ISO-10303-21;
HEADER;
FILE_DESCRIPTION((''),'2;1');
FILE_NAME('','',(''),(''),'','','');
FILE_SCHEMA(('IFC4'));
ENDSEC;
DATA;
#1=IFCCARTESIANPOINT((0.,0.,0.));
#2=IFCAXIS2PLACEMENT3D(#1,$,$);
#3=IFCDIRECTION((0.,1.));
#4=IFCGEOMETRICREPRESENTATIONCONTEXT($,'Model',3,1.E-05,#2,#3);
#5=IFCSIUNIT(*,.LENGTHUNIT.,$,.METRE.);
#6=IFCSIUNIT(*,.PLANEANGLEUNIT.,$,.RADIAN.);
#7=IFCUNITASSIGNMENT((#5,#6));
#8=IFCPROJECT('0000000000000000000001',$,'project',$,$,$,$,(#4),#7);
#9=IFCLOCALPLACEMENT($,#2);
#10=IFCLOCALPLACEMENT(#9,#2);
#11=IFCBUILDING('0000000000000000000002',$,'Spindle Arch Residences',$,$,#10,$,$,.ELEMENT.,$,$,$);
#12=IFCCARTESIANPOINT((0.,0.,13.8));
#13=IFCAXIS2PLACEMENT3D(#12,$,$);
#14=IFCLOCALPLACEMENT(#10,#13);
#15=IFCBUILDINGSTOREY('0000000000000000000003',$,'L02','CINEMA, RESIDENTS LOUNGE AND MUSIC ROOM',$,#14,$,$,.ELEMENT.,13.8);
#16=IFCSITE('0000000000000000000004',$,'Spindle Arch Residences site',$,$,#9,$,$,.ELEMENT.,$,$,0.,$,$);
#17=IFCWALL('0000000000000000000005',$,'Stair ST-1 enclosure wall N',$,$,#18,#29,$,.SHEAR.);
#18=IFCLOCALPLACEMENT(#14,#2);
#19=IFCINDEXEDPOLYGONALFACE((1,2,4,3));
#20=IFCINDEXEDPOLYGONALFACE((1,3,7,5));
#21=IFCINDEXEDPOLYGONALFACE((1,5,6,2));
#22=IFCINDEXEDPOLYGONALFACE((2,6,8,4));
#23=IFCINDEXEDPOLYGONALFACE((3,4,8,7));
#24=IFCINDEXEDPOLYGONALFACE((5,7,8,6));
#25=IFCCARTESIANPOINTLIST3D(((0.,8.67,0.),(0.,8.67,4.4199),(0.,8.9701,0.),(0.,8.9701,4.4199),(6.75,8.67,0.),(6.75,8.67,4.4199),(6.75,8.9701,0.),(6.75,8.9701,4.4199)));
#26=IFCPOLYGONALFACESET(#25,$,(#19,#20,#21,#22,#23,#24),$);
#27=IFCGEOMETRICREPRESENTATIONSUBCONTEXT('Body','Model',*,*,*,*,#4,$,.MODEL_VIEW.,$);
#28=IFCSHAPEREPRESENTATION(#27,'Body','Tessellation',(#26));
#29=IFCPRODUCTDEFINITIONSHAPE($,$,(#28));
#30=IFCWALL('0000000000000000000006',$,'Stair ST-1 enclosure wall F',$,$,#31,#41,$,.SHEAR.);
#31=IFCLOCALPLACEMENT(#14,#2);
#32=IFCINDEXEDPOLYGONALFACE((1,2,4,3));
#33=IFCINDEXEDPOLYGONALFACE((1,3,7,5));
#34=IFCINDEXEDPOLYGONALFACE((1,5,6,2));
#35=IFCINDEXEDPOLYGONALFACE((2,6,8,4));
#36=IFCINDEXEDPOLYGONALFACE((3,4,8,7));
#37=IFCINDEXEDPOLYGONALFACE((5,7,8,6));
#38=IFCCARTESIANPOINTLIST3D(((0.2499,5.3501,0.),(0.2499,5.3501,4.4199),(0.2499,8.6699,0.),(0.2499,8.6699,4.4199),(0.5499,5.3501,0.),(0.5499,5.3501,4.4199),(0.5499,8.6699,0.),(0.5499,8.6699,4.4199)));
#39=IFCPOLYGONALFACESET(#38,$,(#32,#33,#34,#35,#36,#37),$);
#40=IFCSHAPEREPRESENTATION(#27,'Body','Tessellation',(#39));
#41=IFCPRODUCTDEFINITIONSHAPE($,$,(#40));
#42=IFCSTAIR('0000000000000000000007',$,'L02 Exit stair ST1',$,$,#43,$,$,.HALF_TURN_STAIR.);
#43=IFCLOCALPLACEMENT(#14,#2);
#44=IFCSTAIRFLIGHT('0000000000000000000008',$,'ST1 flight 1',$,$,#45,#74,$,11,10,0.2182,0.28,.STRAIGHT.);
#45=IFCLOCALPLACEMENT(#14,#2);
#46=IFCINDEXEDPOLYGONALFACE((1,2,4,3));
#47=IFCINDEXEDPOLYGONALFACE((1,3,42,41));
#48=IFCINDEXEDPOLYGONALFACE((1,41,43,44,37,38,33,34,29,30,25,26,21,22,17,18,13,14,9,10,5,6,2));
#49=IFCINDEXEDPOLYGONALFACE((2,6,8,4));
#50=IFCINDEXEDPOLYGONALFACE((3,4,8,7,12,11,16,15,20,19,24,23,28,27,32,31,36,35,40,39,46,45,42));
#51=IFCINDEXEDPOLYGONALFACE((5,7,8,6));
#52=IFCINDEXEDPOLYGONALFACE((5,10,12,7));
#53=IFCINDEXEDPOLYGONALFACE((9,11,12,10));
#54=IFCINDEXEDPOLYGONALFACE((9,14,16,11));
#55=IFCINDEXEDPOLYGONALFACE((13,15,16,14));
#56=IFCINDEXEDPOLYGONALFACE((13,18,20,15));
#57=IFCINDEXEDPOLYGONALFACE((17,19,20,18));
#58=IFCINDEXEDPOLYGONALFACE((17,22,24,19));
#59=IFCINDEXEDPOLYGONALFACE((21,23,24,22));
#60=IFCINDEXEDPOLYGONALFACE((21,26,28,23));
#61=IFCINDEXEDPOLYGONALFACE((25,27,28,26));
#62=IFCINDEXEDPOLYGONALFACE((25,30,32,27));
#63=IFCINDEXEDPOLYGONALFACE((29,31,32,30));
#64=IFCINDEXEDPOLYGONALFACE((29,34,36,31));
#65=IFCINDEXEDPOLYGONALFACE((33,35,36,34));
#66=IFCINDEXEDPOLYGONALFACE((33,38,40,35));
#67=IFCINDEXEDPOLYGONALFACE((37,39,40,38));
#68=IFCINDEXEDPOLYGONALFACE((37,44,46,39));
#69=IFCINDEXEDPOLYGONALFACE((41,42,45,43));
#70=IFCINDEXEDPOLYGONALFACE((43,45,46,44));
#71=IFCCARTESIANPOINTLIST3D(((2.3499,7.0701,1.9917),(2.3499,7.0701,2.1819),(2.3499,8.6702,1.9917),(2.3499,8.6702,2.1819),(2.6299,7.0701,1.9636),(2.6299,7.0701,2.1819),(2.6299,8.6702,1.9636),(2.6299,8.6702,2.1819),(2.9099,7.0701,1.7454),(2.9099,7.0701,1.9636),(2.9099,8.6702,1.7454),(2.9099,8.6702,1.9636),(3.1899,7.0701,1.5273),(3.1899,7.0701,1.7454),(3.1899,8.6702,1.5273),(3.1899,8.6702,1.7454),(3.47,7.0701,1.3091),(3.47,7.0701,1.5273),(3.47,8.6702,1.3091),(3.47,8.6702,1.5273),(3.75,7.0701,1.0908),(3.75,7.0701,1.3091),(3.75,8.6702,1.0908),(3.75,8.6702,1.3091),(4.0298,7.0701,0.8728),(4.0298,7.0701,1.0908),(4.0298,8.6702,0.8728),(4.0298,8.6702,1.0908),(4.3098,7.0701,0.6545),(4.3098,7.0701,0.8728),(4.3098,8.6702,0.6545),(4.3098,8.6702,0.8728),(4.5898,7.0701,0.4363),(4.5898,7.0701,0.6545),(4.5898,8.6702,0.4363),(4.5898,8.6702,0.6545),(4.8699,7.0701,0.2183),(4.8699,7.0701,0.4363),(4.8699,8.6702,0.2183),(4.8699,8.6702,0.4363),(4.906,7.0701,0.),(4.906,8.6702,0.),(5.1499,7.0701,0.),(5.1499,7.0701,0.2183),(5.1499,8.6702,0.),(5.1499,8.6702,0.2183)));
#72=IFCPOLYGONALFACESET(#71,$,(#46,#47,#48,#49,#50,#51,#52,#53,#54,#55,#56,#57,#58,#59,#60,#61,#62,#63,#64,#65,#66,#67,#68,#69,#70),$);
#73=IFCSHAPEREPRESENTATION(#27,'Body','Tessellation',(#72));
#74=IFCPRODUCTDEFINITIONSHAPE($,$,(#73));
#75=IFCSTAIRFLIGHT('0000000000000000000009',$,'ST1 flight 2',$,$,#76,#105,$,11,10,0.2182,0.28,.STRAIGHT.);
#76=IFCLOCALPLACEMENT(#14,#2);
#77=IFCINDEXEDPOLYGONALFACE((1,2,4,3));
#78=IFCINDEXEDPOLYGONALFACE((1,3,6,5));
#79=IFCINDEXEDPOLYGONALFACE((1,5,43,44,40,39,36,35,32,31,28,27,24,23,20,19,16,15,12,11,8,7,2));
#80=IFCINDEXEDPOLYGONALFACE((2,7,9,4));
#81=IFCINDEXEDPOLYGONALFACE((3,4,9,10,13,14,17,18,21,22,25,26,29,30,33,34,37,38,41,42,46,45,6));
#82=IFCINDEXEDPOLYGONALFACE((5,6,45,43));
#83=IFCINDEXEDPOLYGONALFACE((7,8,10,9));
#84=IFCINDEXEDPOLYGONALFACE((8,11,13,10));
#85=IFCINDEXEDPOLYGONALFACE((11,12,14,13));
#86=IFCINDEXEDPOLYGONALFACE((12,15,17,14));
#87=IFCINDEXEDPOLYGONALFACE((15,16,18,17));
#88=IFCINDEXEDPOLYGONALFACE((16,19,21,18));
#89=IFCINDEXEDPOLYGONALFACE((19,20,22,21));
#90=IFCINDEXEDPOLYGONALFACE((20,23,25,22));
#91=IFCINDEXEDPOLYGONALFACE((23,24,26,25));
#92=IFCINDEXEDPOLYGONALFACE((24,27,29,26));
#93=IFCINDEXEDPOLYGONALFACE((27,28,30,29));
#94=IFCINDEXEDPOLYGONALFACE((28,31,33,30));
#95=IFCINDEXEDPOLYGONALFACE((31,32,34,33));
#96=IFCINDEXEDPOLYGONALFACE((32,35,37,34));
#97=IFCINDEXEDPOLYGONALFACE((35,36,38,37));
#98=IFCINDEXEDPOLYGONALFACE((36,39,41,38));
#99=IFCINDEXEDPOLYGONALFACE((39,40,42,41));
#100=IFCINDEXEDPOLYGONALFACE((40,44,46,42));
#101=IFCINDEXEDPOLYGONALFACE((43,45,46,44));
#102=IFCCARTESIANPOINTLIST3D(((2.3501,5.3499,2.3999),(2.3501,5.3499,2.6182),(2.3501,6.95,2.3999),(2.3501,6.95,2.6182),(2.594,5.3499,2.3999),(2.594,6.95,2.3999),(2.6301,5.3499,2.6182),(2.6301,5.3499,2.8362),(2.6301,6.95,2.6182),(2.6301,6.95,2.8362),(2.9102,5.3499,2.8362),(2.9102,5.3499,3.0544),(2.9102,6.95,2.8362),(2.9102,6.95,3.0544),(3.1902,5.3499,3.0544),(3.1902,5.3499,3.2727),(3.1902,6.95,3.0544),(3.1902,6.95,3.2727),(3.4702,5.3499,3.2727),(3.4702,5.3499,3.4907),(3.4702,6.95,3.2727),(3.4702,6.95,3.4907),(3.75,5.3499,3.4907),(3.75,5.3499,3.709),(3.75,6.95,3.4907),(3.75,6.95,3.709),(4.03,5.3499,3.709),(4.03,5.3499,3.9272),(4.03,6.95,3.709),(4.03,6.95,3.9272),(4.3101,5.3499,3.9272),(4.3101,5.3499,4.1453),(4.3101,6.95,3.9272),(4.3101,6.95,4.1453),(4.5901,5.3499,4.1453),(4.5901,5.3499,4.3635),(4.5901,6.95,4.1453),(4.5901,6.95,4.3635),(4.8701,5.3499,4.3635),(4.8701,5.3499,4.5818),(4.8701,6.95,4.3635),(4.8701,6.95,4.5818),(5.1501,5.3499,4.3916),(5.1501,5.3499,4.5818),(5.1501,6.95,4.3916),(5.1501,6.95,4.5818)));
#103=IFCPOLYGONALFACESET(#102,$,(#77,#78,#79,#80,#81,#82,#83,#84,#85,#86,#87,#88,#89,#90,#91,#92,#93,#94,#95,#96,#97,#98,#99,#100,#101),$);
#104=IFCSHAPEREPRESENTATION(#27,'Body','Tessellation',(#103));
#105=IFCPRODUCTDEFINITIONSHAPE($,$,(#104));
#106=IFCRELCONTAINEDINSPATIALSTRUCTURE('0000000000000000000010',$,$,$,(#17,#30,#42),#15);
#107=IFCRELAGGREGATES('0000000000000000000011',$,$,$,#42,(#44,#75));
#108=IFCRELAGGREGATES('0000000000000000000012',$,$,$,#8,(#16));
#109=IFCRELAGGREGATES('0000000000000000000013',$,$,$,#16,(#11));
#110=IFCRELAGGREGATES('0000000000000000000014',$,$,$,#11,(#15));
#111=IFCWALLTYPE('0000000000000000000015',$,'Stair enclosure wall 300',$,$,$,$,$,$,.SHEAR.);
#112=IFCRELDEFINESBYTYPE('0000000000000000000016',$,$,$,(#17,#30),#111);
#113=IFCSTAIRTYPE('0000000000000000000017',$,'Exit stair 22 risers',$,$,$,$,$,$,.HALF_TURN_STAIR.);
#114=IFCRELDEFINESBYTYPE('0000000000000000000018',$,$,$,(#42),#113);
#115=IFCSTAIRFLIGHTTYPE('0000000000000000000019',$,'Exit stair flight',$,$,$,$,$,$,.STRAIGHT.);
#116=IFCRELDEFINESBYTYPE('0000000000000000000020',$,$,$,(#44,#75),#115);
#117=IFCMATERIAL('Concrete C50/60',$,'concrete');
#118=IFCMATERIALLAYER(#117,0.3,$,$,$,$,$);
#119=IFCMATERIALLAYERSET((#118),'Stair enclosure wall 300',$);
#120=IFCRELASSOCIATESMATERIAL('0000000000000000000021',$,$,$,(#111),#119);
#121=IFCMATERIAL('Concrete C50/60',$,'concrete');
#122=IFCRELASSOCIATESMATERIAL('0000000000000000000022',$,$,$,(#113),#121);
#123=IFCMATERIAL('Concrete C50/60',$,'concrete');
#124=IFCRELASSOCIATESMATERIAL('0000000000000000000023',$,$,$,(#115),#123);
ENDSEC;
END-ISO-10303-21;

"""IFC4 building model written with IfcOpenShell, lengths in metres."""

from ifc_helpers import new_model, si_unit, direction, frame, frame_2d, origin, place, context, subcontext, project, spatial, polyline, rectangle, outline, extrude, material, layer, layer_set, type_object, element, aggregate, save


model = new_model("IFC4")

# Units and contexts
model_context = context("Model", 3, precision=1e-05, world=origin(), true_north=direction((0.0, 1.0)))
body_context = subcontext(model_context, "Body", "Model", "MODEL_VIEW")
ifc_project = project(units=[si_unit("LENGTHUNIT", "METRE"), si_unit("PLANEANGLEUNIT", "RADIAN")], contexts=[model_context])

# Site, building, storey
site_placement = place(None, origin())
site = spatial("IfcSite", under=ifc_project, at=site_placement, Name="Spindle Arch Residences site", CompositionType="ELEMENT", RefElevation=0.0)
building_placement = place(site_placement, origin())
building = spatial("IfcBuilding", under=site, at=building_placement, Name="Spindle Arch Residences", CompositionType="ELEMENT")
storey_placement = place(building_placement, frame((0.0, 0.0, 13.8)))
storey = spatial("IfcBuildingStorey", under=building, at=storey_placement, Name="L02", Description="CINEMA, RESIDENTS LOUNGE AND MUSIC ROOM", CompositionType="ELEMENT", Elevation=13.8)

# Walls
ifc_material_1 = material(Name="Concrete C50/60", Category="concrete")
ifc_layer_1 = layer(ifc_material_1, 0.3)
ifc_layer_set_1 = layer_set([ifc_layer_1], Name="Stair enclosure wall 300")
wall_type_1 = type_object("IfcWallType", Name="Stair enclosure wall 300", PredefinedType="SHEAR", material=ifc_layer_set_1)
for number, where, z_axis, x_axis, name in (
    (1, (0.0, 8.8201, 0.0), (0.0, 0.0, 1.0), (1.0, 0.0, 0.0), "Stair ST-1 enclosure wall N"),
):
    element("IfcWall", number, at=place(storey_placement, frame(where, z_axis=z_axis, x_axis=x_axis)), inside=storey, type_object=wall_type_1, Name=name, PredefinedType="SHEAR", context=body_context, shape_type="SweptSolid", body=[
        extrude(rectangle(XDim=6.75, YDim=0.3, at=frame_2d((3.375, 0.0))), origin(), (0.0, 0.0, 1.0), 4.4199),
    ])
wall_1_placement = place(storey_placement, frame((0.3999, 5.3501, 0.0), z_axis=(0.0, 0.0, 1.0), x_axis=(0.0, 1.0, 0.0)))
element("IfcWall", 2, at=wall_1_placement, inside=storey, type_object=wall_type_1, Name="Stair ST-1 enclosure wall F", PredefinedType="SHEAR", context=body_context, shape_type="SweptSolid", body=[
    extrude(rectangle(XDim=3.3198, YDim=0.3, at=frame_2d((1.6599, 0.0))), origin(), (0.0, 0.0, 1.0), 4.4199),
])

# Stair, stair flights
ifc_material_2 = material(Name="Concrete C50/60", Category="concrete")
stair_type = type_object("IfcStairType", Name="Exit stair 22 risers", PredefinedType="HALF_TURN_STAIR", material=ifc_material_2)
stair_placement = place(storey_placement, origin())
stair = element("IfcStair", 3, at=stair_placement, inside=storey, type_object=stair_type, Name="L02 Exit stair ST1", PredefinedType="HALF_TURN_STAIR")
ifc_material_3 = material(Name="Concrete C50/60", Category="concrete")
stair_flight_type = type_object("IfcStairFlightType", Name="Exit stair flight", PredefinedType="STRAIGHT", material=ifc_material_3)
stair_flight_1_placement = place(storey_placement, frame((5.1499, 7.8701, 0.0), z_axis=(0.0, 0.0, 1.0), x_axis=(-1.0, 0.0, 0.0)))
stair_flight_1 = element("IfcStairFlight", 4, at=stair_flight_1_placement, type_object=stair_flight_type, Name="ST1 flight 1", NumberOfRisers=11, NumberOfTreads=10, PredefinedType="STRAIGHT", RiserHeight=0.2182, TreadLength=0.28, context=body_context, shape_type="SweptSolid", body=[
    extrude(outline(polyline([(0.0, 0.0), (0.0, 0.2183), (0.28, 0.2183), (0.28, 0.4363), (0.5601, 0.4363), (0.5601, 0.6545), (0.8401, 0.6545), (0.8401, 0.8728), (1.1201, 0.8728), (1.1201, 1.0908), (1.3999, 1.0908), (1.3999, 1.3091), (1.6799, 1.3091), (1.6799, 1.5273), (1.96, 1.5273), (1.96, 1.7454), (2.24, 1.7454), (2.24, 1.9636), (2.52, 1.9636), (2.52, 2.1819), (2.8, 2.1819), (2.8, 2.3999), (2.8, 1.9917), (0.2439, 0.0), (0.0, 0.0)])), frame((0.0, 0.8, 0.0), z_axis=(0.0, -1.0, 0.0), x_axis=(1.0, 0.0, 0.0)), (0.0, 0.0, 1.0), 1.6001),
])
stair_flight_2_placement = place(storey_placement, frame((2.3501, 6.1499, 2.3999), z_axis=(0.0, 0.0, 1.0), x_axis=(1.0, 0.0, 0.0)))
stair_flight_2 = element("IfcStairFlight", 5, at=stair_flight_2_placement, type_object=stair_flight_type, Name="ST1 flight 2", NumberOfRisers=11, NumberOfTreads=10, PredefinedType="STRAIGHT", RiserHeight=0.2182, TreadLength=0.28, context=body_context, shape_type="SweptSolid", body=[
    extrude(outline(polyline([(0.0, 0.0), (0.0, 0.2183), (0.28, 0.2183), (0.28, 0.4363), (0.5601, 0.4363), (0.5601, 0.6545), (0.8401, 0.6545), (0.8401, 0.8728), (1.1201, 0.8728), (1.1201, 1.0908), (1.3999, 1.0908), (1.3999, 1.3091), (1.6799, 1.3091), (1.6799, 1.5273), (1.96, 1.5273), (1.96, 1.7454), (2.24, 1.7454), (2.24, 1.9636), (2.52, 1.9636), (2.52, 2.1819), (2.8, 2.1819), (2.8, 2.3999), (2.8, 1.9917), (0.2439, 0.0), (0.0, 0.0)])), frame((0.0, 0.8, 0.0), z_axis=(0.0, -1.0, 0.0), x_axis=(1.0, 0.0, 0.0)), (0.0, 0.0, 1.0), 1.6001),
])
aggregate(stair, [stair_flight_1, stair_flight_2])

save(model, "model.ifc")
